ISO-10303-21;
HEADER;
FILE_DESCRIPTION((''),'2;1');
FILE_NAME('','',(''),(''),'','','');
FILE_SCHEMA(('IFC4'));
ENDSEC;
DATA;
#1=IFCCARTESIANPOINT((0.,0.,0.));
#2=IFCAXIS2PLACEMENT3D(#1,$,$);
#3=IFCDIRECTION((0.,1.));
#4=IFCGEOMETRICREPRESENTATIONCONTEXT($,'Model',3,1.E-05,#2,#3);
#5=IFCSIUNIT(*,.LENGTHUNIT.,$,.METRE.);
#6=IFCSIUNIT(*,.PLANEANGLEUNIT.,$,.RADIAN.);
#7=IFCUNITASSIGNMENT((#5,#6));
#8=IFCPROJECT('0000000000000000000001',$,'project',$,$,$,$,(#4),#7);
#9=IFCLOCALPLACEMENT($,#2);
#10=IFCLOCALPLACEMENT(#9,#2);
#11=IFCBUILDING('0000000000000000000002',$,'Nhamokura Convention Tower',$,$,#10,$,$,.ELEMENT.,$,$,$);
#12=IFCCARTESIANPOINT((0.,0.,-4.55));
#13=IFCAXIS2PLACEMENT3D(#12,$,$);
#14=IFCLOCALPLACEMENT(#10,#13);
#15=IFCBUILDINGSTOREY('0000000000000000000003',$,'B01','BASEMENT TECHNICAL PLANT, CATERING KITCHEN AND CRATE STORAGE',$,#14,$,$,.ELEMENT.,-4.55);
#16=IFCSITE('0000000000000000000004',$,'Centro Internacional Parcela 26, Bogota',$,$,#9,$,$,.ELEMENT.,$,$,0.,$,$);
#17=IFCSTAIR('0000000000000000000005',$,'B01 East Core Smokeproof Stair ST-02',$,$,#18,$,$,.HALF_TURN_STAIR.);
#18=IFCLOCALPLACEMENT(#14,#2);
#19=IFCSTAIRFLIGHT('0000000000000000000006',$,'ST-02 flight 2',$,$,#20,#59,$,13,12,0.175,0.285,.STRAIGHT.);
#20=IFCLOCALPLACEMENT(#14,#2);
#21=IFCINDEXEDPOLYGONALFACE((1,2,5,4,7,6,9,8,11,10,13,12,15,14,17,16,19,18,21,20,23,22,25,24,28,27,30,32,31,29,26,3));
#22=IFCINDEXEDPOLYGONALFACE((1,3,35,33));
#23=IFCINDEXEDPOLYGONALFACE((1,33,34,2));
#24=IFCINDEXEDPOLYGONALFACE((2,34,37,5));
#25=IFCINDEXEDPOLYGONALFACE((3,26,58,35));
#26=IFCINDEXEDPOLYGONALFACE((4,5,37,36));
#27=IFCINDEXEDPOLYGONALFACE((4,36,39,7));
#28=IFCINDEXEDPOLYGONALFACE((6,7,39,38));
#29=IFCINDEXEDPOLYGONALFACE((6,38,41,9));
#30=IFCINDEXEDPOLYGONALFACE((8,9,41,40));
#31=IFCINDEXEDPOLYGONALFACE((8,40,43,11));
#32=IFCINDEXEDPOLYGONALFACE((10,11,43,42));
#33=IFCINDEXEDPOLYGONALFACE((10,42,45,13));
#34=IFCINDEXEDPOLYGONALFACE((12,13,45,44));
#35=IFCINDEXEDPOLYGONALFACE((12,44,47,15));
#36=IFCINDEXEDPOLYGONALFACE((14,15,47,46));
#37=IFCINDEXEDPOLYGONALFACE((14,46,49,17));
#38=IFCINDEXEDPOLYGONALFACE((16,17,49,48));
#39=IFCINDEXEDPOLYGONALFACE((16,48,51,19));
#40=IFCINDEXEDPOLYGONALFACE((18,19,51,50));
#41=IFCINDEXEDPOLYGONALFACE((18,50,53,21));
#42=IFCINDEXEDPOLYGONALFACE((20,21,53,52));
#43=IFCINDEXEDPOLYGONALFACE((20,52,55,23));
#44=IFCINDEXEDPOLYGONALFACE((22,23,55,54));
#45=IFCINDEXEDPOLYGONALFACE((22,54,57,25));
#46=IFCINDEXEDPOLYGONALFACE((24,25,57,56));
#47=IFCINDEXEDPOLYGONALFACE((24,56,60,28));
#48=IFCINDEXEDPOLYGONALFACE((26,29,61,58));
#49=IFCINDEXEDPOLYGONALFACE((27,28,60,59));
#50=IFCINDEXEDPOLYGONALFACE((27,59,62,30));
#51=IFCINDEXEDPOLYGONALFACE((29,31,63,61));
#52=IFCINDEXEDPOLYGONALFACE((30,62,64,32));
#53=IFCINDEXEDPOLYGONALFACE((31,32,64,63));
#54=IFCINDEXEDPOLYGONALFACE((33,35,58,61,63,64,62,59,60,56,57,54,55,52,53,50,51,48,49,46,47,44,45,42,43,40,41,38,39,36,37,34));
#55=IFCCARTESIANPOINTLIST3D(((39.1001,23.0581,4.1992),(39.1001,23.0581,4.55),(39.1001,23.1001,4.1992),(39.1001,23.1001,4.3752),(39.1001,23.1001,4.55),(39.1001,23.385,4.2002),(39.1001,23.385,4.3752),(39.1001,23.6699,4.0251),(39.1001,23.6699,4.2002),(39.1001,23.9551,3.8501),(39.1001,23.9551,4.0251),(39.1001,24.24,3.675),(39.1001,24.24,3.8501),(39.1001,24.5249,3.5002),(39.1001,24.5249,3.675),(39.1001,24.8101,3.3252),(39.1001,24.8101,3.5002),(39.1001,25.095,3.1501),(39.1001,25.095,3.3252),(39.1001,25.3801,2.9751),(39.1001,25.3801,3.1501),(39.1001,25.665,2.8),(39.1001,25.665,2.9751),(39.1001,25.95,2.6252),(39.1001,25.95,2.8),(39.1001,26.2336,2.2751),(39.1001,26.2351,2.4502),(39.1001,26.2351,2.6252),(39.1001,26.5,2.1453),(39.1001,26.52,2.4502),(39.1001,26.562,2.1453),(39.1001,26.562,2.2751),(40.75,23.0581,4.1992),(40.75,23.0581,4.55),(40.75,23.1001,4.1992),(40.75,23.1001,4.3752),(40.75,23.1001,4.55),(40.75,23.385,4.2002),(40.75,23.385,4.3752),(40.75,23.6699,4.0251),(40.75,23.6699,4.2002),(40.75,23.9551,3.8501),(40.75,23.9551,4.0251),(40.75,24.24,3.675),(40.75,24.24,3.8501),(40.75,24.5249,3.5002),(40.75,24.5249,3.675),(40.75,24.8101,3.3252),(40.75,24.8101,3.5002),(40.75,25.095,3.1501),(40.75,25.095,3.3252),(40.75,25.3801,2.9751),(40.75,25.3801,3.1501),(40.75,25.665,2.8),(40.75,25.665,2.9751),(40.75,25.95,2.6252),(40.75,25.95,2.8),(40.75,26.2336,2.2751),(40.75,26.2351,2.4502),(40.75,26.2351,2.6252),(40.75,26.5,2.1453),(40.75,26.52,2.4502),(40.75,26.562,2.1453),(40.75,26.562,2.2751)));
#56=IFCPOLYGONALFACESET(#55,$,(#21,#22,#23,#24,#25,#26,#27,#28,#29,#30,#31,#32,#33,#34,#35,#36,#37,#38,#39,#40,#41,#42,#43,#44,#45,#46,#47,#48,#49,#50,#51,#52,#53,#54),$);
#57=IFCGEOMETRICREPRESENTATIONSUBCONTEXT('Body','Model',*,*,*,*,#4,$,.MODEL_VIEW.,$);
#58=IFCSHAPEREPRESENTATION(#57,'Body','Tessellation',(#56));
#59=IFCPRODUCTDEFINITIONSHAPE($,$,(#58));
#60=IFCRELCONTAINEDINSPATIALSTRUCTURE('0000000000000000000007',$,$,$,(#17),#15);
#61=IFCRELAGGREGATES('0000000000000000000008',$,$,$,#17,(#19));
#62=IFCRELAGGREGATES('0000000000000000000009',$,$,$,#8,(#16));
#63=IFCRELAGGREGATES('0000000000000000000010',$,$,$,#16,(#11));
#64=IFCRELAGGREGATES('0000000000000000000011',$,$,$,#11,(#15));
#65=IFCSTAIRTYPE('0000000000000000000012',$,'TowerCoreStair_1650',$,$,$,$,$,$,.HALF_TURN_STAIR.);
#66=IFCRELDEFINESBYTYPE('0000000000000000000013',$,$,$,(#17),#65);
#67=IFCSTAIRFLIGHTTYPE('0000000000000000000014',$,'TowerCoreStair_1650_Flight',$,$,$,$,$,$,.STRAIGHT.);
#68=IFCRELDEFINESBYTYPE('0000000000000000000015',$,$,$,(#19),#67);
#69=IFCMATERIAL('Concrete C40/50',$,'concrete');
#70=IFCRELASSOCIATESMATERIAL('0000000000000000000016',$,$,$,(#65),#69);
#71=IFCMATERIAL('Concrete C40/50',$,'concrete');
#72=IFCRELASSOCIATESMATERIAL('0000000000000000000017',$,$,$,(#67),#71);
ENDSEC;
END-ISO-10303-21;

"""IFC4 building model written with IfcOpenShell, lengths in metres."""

from ifc_helpers import new_model, si_unit, direction, frame, origin, place, context, subcontext, project, spatial, polyline, outline, extrude, material, type_object, element, aggregate, save


model = new_model("IFC4")

# Units and contexts
model_context = context("Model", 3, precision=1e-05, world=origin(), true_north=direction((0.0, 1.0)))
body_context = subcontext(model_context, "Body", "Model", "MODEL_VIEW")
ifc_project = project(units=[si_unit("LENGTHUNIT", "METRE"), si_unit("PLANEANGLEUNIT", "RADIAN")], contexts=[model_context])

# Site, building, storey
site_placement = place(None, origin())
site = spatial("IfcSite", under=ifc_project, at=site_placement, Name="Centro Internacional Parcela 26, Bogota", CompositionType="ELEMENT", RefElevation=0.0)
building_placement = place(site_placement, origin())
building = spatial("IfcBuilding", under=site, at=building_placement, Name="Nhamokura Convention Tower", CompositionType="ELEMENT")
storey_placement = place(building_placement, frame((0.0, 0.0, -4.55)))
storey = spatial("IfcBuildingStorey", under=building, at=storey_placement, Name="B01", Description="BASEMENT TECHNICAL PLANT, CATERING KITCHEN AND CRATE STORAGE", CompositionType="ELEMENT", Elevation=-4.55)

# Stair, stair flight
ifc_material_1 = material(Name="Concrete C40/50", Category="concrete")
stair_type = type_object("IfcStairType", Name="TowerCoreStair_1650", PredefinedType="HALF_TURN_STAIR", material=ifc_material_1)
stair_placement = place(storey_placement, origin())
stair = element("IfcStair", 1, at=stair_placement, inside=storey, type_object=stair_type, Name="B01 East Core Smokeproof Stair ST-02", PredefinedType="HALF_TURN_STAIR")
ifc_material_2 = material(Name="Concrete C40/50", Category="concrete")
stair_flight_type = type_object("IfcStairFlightType", Name="TowerCoreStair_1650_Flight", PredefinedType="STRAIGHT", material=ifc_material_2)
stair_flight_1_placement = place(storey_placement, frame((39.925, 26.52, 2.2751), z_axis=(0.0, 0.0, 1.0), x_axis=(0.0, -1.0, 0.0)))
stair_flight_1 = element("IfcStairFlight", 2, at=stair_flight_1_placement, type_object=stair_flight_type, Name="ST-02 flight 2", NumberOfRisers=13, NumberOfTreads=12, PredefinedType="STRAIGHT", RiserHeight=0.175, TreadLength=0.285, context=body_context, shape_type="SweptSolid", body=[
    extrude(outline(polyline([(-0.042, 0.0), (0.0, 0.175), (0.2849, 0.175), (0.2849, 0.3501), (0.5701, 0.3501), (0.5701, 0.5249), (0.855, 0.5249), (0.855, 0.7), (1.1399, 0.7), (1.1399, 0.875), (1.425, 0.875), (1.425, 1.05), (1.71, 1.05), (1.71, 1.2251), (1.9951, 1.2251), (1.9951, 1.3999), (2.28, 1.3999), (2.28, 1.575), (2.5649, 1.575), (2.5649, 1.75), (2.8501, 1.75), (2.8501, 1.925), (3.135, 1.925), (3.135, 2.1001), (3.4199, 2.1001), (3.4199, 2.2749), (3.4619, 2.2749), (3.4619, 1.9241), (3.4199, 1.9241), (0.2864, 0.0), (0.02, -0.1299), (-0.042, -0.1299), (-0.042, 0.0)])), frame((0.0, 0.825, 0.0), z_axis=(0.0, -1.0, 0.0), x_axis=(1.0, 0.0, 0.0)), (0.0, 0.0, 1.0), 1.6499),
])
aggregate(stair, [stair_flight_1])

save(model, "model.ifc")
